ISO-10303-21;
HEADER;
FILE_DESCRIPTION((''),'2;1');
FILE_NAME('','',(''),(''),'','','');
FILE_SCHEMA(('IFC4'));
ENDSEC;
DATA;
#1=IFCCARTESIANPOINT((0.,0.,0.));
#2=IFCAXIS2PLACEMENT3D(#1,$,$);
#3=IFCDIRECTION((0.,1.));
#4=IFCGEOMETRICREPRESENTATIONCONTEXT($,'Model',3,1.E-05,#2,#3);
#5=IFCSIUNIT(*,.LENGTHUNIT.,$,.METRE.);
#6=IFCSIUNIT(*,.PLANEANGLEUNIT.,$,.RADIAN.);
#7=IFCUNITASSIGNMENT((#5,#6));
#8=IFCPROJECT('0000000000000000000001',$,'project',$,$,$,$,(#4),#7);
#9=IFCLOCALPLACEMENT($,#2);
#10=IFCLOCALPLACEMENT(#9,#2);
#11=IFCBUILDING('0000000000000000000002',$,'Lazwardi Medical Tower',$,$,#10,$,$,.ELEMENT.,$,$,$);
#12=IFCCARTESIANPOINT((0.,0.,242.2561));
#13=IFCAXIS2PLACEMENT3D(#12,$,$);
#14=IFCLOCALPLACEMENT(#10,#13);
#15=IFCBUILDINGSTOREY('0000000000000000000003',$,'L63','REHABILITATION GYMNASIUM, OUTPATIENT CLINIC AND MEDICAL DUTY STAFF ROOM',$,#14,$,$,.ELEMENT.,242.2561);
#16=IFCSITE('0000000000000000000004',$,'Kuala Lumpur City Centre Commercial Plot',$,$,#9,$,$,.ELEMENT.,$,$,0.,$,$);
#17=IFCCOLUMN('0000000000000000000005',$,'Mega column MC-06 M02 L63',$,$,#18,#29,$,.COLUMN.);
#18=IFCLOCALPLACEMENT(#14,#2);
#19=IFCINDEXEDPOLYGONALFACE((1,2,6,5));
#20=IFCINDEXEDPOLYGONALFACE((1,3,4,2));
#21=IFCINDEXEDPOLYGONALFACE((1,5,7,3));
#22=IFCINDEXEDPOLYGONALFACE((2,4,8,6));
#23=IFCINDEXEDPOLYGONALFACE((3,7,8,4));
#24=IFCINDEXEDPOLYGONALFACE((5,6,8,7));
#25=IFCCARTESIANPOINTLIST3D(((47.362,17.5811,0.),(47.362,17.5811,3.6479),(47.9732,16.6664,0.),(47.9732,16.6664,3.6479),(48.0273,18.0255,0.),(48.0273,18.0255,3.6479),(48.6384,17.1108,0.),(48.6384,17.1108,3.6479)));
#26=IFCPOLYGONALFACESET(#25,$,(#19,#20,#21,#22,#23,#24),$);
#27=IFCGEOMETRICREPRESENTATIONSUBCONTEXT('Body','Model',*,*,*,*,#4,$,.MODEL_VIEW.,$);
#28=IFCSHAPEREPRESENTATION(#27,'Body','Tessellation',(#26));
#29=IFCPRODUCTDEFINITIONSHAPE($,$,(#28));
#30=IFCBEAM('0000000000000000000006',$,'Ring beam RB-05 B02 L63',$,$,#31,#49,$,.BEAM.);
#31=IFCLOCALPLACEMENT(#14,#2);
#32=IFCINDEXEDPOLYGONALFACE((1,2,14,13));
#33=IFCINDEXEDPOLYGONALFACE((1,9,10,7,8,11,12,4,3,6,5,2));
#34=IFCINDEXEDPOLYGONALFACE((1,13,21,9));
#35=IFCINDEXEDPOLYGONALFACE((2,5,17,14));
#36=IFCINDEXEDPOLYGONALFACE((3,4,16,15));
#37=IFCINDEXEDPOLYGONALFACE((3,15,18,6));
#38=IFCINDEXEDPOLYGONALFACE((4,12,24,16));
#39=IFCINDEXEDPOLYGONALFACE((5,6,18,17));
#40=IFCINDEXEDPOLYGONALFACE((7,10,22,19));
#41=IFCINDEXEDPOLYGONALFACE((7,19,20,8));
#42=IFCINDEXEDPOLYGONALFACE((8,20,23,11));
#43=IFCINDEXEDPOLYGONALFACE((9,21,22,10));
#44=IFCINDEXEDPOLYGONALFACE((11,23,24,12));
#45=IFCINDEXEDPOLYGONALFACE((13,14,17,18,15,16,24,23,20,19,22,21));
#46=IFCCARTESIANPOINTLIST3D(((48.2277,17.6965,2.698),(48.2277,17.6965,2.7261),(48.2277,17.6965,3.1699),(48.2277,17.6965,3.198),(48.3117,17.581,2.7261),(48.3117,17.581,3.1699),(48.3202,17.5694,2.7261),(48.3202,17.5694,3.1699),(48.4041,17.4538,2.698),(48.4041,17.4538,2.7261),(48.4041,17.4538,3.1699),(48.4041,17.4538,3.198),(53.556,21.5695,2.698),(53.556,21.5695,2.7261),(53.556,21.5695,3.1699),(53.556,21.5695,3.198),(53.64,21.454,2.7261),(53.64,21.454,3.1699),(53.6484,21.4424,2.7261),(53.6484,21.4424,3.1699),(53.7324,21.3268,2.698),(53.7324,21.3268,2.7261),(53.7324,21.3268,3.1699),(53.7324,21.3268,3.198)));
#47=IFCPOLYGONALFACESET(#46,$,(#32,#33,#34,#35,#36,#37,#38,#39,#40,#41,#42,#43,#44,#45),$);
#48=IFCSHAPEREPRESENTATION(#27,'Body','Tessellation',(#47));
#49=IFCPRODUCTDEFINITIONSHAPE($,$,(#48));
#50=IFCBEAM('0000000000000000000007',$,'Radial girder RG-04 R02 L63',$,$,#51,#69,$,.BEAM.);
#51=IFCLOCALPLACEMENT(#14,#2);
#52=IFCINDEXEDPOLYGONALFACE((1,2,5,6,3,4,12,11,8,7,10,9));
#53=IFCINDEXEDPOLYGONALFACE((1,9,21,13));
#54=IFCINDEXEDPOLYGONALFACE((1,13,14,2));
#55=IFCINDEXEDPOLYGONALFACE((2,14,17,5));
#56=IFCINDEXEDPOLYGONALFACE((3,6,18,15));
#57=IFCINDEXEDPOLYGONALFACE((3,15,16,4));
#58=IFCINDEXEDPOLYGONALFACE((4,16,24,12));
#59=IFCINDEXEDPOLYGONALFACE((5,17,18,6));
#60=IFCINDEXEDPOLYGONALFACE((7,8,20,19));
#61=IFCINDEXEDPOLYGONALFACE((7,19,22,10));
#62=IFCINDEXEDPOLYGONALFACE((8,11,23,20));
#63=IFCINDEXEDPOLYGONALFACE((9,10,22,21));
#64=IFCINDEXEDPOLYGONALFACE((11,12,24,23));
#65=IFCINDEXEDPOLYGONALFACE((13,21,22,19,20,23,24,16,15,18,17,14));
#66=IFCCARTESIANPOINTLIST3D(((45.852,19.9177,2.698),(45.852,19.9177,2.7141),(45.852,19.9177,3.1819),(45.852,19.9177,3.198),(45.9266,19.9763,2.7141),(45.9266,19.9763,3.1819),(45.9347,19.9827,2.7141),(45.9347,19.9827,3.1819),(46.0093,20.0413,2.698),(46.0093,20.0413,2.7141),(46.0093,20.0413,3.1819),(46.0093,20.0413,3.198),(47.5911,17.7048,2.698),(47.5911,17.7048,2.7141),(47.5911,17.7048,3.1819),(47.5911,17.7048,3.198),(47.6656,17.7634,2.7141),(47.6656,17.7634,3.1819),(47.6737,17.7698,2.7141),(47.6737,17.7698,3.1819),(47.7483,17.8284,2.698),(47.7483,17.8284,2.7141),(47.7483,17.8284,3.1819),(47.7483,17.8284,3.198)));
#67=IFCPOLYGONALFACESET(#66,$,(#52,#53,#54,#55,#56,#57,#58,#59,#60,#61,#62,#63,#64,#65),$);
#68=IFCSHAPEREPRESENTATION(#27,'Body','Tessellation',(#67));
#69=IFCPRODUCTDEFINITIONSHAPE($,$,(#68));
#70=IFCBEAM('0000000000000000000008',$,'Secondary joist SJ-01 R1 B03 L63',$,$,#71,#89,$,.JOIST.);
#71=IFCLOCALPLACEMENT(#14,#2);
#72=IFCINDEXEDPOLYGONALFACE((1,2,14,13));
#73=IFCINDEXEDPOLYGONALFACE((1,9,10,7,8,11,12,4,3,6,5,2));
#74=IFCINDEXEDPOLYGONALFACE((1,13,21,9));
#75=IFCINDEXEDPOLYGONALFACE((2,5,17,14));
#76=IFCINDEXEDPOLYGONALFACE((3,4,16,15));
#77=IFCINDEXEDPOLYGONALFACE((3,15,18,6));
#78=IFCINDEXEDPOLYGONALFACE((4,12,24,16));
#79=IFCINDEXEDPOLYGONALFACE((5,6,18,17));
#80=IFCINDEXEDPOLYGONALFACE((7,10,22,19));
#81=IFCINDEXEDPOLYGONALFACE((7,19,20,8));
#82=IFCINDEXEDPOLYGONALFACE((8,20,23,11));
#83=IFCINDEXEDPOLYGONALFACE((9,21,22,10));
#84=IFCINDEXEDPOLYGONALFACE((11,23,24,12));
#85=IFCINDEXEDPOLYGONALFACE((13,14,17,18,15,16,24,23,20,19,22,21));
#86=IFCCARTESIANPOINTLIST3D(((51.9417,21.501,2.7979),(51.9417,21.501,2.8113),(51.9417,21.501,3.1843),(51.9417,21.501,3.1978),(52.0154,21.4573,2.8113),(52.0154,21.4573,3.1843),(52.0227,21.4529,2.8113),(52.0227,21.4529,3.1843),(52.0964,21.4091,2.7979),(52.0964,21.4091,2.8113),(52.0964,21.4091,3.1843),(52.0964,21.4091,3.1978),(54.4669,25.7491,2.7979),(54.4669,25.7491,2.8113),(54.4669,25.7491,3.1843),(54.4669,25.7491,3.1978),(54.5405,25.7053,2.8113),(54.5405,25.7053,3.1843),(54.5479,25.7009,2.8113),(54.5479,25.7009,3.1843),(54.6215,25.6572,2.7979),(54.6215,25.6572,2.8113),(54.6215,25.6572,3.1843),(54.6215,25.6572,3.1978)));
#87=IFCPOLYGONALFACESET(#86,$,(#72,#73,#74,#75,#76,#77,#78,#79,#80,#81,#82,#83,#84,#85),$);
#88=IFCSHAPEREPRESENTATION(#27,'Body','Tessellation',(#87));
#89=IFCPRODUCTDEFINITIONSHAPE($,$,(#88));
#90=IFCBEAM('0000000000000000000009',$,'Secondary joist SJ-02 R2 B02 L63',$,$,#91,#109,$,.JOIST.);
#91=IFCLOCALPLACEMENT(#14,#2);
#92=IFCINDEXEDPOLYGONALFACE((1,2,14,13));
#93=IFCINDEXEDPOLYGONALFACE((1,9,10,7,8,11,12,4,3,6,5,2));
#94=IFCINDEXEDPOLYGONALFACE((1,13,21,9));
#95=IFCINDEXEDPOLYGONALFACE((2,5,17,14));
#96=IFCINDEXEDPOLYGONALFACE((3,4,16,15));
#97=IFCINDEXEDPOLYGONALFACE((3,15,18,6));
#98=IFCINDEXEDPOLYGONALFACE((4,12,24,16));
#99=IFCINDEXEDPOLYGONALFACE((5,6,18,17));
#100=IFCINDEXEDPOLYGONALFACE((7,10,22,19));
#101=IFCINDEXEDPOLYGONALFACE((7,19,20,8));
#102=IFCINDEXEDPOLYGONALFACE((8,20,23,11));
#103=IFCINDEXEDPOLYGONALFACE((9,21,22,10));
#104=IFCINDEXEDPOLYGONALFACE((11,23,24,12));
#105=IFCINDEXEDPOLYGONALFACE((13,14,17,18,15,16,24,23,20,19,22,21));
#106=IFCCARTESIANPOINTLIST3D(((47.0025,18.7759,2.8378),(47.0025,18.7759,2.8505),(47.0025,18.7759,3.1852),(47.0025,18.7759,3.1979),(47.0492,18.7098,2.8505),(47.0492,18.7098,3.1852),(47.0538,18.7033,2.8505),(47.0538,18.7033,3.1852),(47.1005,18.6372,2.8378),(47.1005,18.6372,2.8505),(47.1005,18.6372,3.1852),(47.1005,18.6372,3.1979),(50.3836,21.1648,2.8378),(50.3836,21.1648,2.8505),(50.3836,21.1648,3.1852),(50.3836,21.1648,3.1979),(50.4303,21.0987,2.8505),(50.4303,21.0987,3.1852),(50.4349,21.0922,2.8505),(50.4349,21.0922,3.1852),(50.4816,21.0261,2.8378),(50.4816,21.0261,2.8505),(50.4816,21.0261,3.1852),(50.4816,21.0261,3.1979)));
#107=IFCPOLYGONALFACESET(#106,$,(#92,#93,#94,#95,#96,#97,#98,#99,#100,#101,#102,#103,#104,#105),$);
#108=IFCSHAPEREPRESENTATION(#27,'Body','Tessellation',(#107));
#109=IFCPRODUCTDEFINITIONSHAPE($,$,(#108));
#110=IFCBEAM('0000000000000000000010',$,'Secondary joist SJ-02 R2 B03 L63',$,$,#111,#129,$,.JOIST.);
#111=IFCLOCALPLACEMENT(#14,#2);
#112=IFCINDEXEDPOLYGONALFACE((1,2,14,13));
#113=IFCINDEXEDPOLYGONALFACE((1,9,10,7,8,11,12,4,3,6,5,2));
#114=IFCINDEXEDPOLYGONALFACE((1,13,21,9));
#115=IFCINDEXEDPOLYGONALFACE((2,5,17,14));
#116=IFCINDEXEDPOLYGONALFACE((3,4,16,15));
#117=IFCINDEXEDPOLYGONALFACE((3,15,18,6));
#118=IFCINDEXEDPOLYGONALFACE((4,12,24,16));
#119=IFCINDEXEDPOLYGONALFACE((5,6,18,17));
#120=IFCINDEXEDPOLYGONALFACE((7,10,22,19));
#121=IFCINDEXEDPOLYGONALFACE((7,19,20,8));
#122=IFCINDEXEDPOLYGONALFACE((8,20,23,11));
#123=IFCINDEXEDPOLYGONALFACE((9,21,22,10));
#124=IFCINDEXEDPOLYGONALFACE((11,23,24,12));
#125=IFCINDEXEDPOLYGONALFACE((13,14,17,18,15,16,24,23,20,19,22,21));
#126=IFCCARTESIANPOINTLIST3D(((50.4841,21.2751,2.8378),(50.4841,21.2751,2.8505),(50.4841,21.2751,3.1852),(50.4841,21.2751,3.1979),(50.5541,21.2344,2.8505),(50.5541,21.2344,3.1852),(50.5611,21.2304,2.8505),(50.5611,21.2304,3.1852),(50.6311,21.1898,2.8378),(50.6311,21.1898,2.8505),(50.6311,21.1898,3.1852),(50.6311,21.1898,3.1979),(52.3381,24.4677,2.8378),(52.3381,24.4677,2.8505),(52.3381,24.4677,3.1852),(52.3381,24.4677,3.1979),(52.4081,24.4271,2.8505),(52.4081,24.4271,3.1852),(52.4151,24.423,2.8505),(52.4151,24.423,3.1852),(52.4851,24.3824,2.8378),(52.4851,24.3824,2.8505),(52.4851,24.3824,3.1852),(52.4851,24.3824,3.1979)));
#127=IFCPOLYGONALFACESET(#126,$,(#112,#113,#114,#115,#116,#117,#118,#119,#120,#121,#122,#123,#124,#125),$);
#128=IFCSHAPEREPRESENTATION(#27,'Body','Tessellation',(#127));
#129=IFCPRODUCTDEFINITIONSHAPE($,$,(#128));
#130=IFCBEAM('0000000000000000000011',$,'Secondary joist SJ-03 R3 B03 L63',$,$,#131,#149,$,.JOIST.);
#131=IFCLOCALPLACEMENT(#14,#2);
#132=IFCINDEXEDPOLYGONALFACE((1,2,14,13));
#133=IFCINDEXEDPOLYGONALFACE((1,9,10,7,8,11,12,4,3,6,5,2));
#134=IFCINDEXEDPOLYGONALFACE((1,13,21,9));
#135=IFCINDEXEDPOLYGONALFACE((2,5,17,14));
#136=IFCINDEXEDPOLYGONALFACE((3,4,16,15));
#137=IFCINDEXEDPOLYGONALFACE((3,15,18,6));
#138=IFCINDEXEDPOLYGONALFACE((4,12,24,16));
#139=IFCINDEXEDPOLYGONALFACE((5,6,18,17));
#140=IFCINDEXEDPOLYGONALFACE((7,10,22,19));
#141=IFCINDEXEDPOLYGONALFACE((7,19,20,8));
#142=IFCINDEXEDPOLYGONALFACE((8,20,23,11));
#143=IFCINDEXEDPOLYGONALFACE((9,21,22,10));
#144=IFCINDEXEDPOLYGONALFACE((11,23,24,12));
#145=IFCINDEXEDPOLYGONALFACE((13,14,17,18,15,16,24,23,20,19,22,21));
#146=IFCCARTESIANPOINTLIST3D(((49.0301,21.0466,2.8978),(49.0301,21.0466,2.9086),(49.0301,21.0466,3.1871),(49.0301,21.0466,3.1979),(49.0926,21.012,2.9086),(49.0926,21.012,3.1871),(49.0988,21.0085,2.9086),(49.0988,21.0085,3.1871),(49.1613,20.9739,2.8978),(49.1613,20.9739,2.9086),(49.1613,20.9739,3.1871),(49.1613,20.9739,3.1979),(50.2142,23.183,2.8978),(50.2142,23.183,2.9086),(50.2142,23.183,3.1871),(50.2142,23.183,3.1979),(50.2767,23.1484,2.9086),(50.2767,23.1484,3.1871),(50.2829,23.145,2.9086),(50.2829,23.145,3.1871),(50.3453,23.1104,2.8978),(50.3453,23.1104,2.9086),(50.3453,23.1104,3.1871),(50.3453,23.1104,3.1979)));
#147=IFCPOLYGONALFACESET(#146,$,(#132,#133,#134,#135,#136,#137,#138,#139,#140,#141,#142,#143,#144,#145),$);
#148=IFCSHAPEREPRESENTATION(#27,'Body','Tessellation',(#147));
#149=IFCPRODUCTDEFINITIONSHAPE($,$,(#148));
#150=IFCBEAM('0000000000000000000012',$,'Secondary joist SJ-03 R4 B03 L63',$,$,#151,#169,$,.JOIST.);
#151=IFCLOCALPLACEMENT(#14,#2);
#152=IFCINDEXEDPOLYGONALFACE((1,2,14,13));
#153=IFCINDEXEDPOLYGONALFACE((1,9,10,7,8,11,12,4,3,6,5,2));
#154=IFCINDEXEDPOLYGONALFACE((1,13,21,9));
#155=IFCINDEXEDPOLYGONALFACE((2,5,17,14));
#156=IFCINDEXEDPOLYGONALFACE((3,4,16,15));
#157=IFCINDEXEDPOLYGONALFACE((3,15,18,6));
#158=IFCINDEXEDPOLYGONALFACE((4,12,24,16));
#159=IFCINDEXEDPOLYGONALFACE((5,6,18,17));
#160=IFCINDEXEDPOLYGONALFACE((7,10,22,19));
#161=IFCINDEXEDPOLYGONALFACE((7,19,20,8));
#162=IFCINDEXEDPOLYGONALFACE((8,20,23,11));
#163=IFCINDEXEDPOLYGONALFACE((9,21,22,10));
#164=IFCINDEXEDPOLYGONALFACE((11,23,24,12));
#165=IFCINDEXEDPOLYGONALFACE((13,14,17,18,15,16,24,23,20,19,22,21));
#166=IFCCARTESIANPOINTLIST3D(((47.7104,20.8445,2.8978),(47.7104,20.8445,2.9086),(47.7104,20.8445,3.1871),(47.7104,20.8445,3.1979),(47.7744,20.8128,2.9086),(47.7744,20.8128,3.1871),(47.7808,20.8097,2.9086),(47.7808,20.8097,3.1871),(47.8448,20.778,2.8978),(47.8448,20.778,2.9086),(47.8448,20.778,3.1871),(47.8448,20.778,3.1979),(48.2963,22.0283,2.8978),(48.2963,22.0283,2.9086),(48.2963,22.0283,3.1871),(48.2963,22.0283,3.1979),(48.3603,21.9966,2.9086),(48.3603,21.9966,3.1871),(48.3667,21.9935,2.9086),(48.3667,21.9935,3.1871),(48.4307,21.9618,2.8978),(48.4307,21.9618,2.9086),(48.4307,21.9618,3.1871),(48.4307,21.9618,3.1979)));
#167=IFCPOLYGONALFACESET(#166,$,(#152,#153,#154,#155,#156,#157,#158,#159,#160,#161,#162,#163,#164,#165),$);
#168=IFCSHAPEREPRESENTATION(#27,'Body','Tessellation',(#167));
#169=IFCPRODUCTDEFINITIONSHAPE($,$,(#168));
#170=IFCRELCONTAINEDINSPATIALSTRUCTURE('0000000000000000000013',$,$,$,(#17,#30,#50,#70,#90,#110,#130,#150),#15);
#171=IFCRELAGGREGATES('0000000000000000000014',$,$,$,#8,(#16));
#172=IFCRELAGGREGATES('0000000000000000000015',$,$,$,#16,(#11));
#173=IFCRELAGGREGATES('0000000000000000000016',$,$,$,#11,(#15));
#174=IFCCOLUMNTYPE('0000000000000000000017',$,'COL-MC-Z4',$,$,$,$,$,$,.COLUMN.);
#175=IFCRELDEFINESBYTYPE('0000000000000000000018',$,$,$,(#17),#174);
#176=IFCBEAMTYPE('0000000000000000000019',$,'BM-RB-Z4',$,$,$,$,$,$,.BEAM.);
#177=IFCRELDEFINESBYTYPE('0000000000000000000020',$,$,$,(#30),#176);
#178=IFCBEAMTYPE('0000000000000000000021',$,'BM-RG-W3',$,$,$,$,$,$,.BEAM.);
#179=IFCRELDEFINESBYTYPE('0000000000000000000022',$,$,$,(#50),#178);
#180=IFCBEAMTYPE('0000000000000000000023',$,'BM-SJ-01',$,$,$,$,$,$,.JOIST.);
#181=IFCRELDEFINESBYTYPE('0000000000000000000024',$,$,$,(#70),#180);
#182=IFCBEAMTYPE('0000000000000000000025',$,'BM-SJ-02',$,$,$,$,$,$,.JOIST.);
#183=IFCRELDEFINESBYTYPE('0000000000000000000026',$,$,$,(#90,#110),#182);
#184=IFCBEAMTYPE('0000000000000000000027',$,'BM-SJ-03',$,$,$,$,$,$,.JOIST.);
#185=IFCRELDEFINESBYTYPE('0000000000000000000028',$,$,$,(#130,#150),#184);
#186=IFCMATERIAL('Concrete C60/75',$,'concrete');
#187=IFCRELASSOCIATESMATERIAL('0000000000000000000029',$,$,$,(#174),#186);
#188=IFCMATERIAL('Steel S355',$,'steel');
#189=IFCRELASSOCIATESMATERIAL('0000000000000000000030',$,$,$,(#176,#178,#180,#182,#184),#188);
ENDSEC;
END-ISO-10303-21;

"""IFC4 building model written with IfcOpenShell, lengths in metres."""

from ifc_helpers import new_model, si_unit, direction, frame, origin, origin_2d, place, context, subcontext, project, spatial, rectangle, i_section, extrude, material, material_profile, profile_set, type_object, element, save


model = new_model("IFC4")

# Units and contexts
model_context = context("Model", 3, precision=1e-05, world=origin(), true_north=direction((0.0, 1.0)))
body_context = subcontext(model_context, "Body", "Model", "MODEL_VIEW")
ifc_project = project(units=[si_unit("LENGTHUNIT", "METRE"), si_unit("PLANEANGLEUNIT", "RADIAN")], contexts=[model_context])

# Site, building, storey
site_placement = place(None, origin())
site = spatial("IfcSite", under=ifc_project, at=site_placement, Name="Kuala Lumpur City Centre Commercial Plot", CompositionType="ELEMENT", RefElevation=0.0)
building_placement = place(site_placement, origin())
building = spatial("IfcBuilding", under=site, at=building_placement, Name="Lazwardi Medical Tower", CompositionType="ELEMENT")
storey_placement = place(building_placement, frame((0.0, 0.0, 242.2561)))
storey = spatial("IfcBuildingStorey", under=building, at=storey_placement, Name="L63", Description="REHABILITATION GYMNASIUM, OUTPATIENT CLINIC AND MEDICAL DUTY STAFF ROOM", CompositionType="ELEMENT", Elevation=242.2561)

# Column
ifc_material_1 = material(Name="Concrete C60/75", Category="concrete")
ifc_material_profile_1 = material_profile(ifc_material_1, rectangle(XDim=1.1001, YDim=0.8, at=origin_2d()), Name="CFT-RECT 1100x800")
ifc_profile_set_1 = profile_set([ifc_material_profile_1], Name="Concrete C60/75")
column_type = type_object("IfcColumnType", Name="COL-MC-Z4", PredefinedType="COLUMN", material=ifc_profile_set_1)
column_placement = place(storey_placement, frame((48.0002, 17.3459, 0.0), z_axis=(0.0, 0.0, 1.0), x_axis=(0.55557, -0.83147, 0.0)))
element("IfcColumn", 1, at=column_placement, inside=storey, type_object=column_type, Name="Mega column MC-06 M02 L63", PredefinedType="COLUMN", context=body_context, shape_type="SweptSolid", body=[
    extrude(rectangle(XDim=1.1001, YDim=0.8, at=origin_2d()), origin(), (0.0, 0.0, 1.0), 3.6479),
])

# Beams
ifc_material_2 = material(Name="Steel S355", Category="steel")
ifc_material_profile_2 = material_profile(ifc_material_2, i_section(OverallWidth=0.3, OverallDepth=0.5, WebThickness=0.0144, FlangeThickness=0.0281, at=origin_2d()), Name="HEB 500")
ifc_profile_set_2 = profile_set([ifc_material_profile_2], Name="Steel S355")
beam_type_1 = type_object("IfcBeamType", Name="BM-RB-Z4", PredefinedType="BEAM", material=ifc_profile_set_2)
beam_1_placement = place(storey_placement, frame((48.3159, 17.5752, 2.948), z_axis=(0.80889, 0.58796, 0.0), x_axis=(-0.58796, 0.80889, 0.0)))
element("IfcBeam", 2, at=beam_1_placement, inside=storey, type_object=beam_type_1, Name="Ring beam RB-05 B02 L63", PredefinedType="BEAM", context=body_context, shape_type="SweptSolid", body=[
    extrude(i_section(OverallWidth=0.3, OverallDepth=0.5, WebThickness=0.0144, FlangeThickness=0.0281, at=origin_2d()), origin(), (0.0, 0.0, 1.0), 6.5872),
])
ifc_material_profile_3 = material_profile(ifc_material_2, i_section(OverallWidth=0.2, OverallDepth=0.5, WebThickness=0.0103, FlangeThickness=0.0161, at=origin_2d()), Name="IPE 500")
ifc_profile_set_3 = profile_set([ifc_material_profile_3], Name="Steel S355")
beam_type_2 = type_object("IfcBeamType", Name="BM-RG-W3", PredefinedType="BEAM", material=ifc_profile_set_3)
beam_2_placement = place(storey_placement, frame((47.6697, 17.7666, 2.948), z_axis=(-0.617891, 0.786264, 0.0), x_axis=(-0.786264, -0.617891, 0.0)))
element("IfcBeam", 3, at=beam_2_placement, inside=storey, type_object=beam_type_2, Name="Radial girder RG-04 R02 L63", PredefinedType="BEAM", context=body_context, shape_type="SweptSolid", body=[
    extrude(i_section(OverallWidth=0.2, OverallDepth=0.5, WebThickness=0.0103, FlangeThickness=0.0161, at=origin_2d()), origin(), (0.0, 0.0, 1.0), 2.8145),
])
ifc_material_profile_4 = material_profile(ifc_material_2, i_section(OverallWidth=0.1799, OverallDepth=0.3999, WebThickness=0.0085, FlangeThickness=0.0134, at=origin_2d()), Name="IPE 400")
ifc_profile_set_4 = profile_set([ifc_material_profile_4], Name="Steel S355")
beam_type_3 = type_object("IfcBeamType", Name="BM-SJ-01", PredefinedType="JOIST", material=ifc_profile_set_4)
beam_3_placement = place(storey_placement, frame((52.019, 21.4551, 2.9978), z_axis=(0.510968, 0.8596, 0.0), x_axis=(-0.8596, 0.510968, 0.0)))
element("IfcBeam", 4, at=beam_3_placement, inside=storey, type_object=beam_type_3, Name="Secondary joist SJ-01 R1 B03 L63", PredefinedType="JOIST", context=body_context, shape_type="SweptSolid", body=[
    extrude(i_section(OverallWidth=0.1799, OverallDepth=0.3999, WebThickness=0.0085, FlangeThickness=0.0134, at=origin_2d()), origin(), (0.0, 0.0, 1.0), 4.9419),
])
ifc_material_profile_5 = material_profile(ifc_material_2, i_section(OverallWidth=0.1699, OverallDepth=0.3601, WebThickness=0.0081, FlangeThickness=0.0127, at=origin_2d()), Name="IPE 360")
ifc_profile_set_5 = profile_set([ifc_material_profile_5], Name="Steel S355")
beam_type_4 = type_object("IfcBeamType", Name="BM-SJ-02", PredefinedType="JOIST", material=ifc_profile_set_5)
beam_4_placement = place(storey_placement, frame((47.0515, 18.7065, 3.0178), z_axis=(0.816711, 0.577047, 0.0), x_axis=(-0.577047, 0.816711, 0.0)))
element("IfcBeam", 5, at=beam_4_placement, inside=storey, type_object=beam_type_4, Name="Secondary joist SJ-02 R2 B02 L63", PredefinedType="JOIST", context=body_context, shape_type="SweptSolid", body=[
    extrude(i_section(OverallWidth=0.1699, OverallDepth=0.3601, WebThickness=0.0081, FlangeThickness=0.0127, at=origin_2d()), origin(), (0.0, 0.0, 1.0), 4.1399),
])
beam_5_placement = place(storey_placement, frame((50.5576, 21.2324, 3.0178), z_axis=(0.50218, 0.864763, 0.0), x_axis=(-0.864763, 0.50218, 0.0)))
element("IfcBeam", 6, at=beam_5_placement, inside=storey, type_object=beam_type_4, Name="Secondary joist SJ-02 R2 B03 L63", PredefinedType="JOIST", context=body_context, shape_type="SweptSolid", body=[
    extrude(i_section(OverallWidth=0.1699, OverallDepth=0.3601, WebThickness=0.0081, FlangeThickness=0.0127, at=origin_2d()), origin(), (0.0, 0.0, 1.0), 3.6919),
])
ifc_material_profile_6 = material_profile(ifc_material_2, i_section(OverallWidth=0.1499, OverallDepth=0.3, WebThickness=0.0071, FlangeThickness=0.0107, at=origin_2d()), Name="IPE 300")
ifc_profile_set_6 = profile_set([ifc_material_profile_6], Name="Steel S355")
beam_type_5 = type_object("IfcBeamType", Name="BM-SJ-03", PredefinedType="JOIST", material=ifc_profile_set_6)
beam_6_placement = place(storey_placement, frame((49.0957, 21.0103, 3.0479), z_axis=(0.484752, 0.874652, 0.0), x_axis=(-0.874652, 0.484752, 0.0)))
element("IfcBeam", 7, at=beam_6_placement, inside=storey, type_object=beam_type_5, Name="Secondary joist SJ-03 R3 B03 L63", PredefinedType="JOIST", context=body_context, shape_type="SweptSolid", body=[
    extrude(i_section(OverallWidth=0.1499, OverallDepth=0.3, WebThickness=0.0071, FlangeThickness=0.0107, at=origin_2d()), origin(), (0.0, 0.0, 1.0), 2.4426),
])
beam_7_placement = place(storey_placement, frame((47.7776, 20.8113, 3.0479), z_axis=(0.443587, 0.896231, 0.0), x_axis=(-0.896231, 0.443587, 0.0)))
element("IfcBeam", 8, at=beam_7_placement, inside=storey, type_object=beam_type_5, Name="Secondary joist SJ-03 R4 B03 L63", PredefinedType="JOIST", context=body_context, shape_type="SweptSolid", body=[
    extrude(i_section(OverallWidth=0.1499, OverallDepth=0.3, WebThickness=0.0071, FlangeThickness=0.0107, at=origin_2d()), origin(), (0.0, 0.0, 1.0), 1.3208),
])

save(model, "model.ifc")
